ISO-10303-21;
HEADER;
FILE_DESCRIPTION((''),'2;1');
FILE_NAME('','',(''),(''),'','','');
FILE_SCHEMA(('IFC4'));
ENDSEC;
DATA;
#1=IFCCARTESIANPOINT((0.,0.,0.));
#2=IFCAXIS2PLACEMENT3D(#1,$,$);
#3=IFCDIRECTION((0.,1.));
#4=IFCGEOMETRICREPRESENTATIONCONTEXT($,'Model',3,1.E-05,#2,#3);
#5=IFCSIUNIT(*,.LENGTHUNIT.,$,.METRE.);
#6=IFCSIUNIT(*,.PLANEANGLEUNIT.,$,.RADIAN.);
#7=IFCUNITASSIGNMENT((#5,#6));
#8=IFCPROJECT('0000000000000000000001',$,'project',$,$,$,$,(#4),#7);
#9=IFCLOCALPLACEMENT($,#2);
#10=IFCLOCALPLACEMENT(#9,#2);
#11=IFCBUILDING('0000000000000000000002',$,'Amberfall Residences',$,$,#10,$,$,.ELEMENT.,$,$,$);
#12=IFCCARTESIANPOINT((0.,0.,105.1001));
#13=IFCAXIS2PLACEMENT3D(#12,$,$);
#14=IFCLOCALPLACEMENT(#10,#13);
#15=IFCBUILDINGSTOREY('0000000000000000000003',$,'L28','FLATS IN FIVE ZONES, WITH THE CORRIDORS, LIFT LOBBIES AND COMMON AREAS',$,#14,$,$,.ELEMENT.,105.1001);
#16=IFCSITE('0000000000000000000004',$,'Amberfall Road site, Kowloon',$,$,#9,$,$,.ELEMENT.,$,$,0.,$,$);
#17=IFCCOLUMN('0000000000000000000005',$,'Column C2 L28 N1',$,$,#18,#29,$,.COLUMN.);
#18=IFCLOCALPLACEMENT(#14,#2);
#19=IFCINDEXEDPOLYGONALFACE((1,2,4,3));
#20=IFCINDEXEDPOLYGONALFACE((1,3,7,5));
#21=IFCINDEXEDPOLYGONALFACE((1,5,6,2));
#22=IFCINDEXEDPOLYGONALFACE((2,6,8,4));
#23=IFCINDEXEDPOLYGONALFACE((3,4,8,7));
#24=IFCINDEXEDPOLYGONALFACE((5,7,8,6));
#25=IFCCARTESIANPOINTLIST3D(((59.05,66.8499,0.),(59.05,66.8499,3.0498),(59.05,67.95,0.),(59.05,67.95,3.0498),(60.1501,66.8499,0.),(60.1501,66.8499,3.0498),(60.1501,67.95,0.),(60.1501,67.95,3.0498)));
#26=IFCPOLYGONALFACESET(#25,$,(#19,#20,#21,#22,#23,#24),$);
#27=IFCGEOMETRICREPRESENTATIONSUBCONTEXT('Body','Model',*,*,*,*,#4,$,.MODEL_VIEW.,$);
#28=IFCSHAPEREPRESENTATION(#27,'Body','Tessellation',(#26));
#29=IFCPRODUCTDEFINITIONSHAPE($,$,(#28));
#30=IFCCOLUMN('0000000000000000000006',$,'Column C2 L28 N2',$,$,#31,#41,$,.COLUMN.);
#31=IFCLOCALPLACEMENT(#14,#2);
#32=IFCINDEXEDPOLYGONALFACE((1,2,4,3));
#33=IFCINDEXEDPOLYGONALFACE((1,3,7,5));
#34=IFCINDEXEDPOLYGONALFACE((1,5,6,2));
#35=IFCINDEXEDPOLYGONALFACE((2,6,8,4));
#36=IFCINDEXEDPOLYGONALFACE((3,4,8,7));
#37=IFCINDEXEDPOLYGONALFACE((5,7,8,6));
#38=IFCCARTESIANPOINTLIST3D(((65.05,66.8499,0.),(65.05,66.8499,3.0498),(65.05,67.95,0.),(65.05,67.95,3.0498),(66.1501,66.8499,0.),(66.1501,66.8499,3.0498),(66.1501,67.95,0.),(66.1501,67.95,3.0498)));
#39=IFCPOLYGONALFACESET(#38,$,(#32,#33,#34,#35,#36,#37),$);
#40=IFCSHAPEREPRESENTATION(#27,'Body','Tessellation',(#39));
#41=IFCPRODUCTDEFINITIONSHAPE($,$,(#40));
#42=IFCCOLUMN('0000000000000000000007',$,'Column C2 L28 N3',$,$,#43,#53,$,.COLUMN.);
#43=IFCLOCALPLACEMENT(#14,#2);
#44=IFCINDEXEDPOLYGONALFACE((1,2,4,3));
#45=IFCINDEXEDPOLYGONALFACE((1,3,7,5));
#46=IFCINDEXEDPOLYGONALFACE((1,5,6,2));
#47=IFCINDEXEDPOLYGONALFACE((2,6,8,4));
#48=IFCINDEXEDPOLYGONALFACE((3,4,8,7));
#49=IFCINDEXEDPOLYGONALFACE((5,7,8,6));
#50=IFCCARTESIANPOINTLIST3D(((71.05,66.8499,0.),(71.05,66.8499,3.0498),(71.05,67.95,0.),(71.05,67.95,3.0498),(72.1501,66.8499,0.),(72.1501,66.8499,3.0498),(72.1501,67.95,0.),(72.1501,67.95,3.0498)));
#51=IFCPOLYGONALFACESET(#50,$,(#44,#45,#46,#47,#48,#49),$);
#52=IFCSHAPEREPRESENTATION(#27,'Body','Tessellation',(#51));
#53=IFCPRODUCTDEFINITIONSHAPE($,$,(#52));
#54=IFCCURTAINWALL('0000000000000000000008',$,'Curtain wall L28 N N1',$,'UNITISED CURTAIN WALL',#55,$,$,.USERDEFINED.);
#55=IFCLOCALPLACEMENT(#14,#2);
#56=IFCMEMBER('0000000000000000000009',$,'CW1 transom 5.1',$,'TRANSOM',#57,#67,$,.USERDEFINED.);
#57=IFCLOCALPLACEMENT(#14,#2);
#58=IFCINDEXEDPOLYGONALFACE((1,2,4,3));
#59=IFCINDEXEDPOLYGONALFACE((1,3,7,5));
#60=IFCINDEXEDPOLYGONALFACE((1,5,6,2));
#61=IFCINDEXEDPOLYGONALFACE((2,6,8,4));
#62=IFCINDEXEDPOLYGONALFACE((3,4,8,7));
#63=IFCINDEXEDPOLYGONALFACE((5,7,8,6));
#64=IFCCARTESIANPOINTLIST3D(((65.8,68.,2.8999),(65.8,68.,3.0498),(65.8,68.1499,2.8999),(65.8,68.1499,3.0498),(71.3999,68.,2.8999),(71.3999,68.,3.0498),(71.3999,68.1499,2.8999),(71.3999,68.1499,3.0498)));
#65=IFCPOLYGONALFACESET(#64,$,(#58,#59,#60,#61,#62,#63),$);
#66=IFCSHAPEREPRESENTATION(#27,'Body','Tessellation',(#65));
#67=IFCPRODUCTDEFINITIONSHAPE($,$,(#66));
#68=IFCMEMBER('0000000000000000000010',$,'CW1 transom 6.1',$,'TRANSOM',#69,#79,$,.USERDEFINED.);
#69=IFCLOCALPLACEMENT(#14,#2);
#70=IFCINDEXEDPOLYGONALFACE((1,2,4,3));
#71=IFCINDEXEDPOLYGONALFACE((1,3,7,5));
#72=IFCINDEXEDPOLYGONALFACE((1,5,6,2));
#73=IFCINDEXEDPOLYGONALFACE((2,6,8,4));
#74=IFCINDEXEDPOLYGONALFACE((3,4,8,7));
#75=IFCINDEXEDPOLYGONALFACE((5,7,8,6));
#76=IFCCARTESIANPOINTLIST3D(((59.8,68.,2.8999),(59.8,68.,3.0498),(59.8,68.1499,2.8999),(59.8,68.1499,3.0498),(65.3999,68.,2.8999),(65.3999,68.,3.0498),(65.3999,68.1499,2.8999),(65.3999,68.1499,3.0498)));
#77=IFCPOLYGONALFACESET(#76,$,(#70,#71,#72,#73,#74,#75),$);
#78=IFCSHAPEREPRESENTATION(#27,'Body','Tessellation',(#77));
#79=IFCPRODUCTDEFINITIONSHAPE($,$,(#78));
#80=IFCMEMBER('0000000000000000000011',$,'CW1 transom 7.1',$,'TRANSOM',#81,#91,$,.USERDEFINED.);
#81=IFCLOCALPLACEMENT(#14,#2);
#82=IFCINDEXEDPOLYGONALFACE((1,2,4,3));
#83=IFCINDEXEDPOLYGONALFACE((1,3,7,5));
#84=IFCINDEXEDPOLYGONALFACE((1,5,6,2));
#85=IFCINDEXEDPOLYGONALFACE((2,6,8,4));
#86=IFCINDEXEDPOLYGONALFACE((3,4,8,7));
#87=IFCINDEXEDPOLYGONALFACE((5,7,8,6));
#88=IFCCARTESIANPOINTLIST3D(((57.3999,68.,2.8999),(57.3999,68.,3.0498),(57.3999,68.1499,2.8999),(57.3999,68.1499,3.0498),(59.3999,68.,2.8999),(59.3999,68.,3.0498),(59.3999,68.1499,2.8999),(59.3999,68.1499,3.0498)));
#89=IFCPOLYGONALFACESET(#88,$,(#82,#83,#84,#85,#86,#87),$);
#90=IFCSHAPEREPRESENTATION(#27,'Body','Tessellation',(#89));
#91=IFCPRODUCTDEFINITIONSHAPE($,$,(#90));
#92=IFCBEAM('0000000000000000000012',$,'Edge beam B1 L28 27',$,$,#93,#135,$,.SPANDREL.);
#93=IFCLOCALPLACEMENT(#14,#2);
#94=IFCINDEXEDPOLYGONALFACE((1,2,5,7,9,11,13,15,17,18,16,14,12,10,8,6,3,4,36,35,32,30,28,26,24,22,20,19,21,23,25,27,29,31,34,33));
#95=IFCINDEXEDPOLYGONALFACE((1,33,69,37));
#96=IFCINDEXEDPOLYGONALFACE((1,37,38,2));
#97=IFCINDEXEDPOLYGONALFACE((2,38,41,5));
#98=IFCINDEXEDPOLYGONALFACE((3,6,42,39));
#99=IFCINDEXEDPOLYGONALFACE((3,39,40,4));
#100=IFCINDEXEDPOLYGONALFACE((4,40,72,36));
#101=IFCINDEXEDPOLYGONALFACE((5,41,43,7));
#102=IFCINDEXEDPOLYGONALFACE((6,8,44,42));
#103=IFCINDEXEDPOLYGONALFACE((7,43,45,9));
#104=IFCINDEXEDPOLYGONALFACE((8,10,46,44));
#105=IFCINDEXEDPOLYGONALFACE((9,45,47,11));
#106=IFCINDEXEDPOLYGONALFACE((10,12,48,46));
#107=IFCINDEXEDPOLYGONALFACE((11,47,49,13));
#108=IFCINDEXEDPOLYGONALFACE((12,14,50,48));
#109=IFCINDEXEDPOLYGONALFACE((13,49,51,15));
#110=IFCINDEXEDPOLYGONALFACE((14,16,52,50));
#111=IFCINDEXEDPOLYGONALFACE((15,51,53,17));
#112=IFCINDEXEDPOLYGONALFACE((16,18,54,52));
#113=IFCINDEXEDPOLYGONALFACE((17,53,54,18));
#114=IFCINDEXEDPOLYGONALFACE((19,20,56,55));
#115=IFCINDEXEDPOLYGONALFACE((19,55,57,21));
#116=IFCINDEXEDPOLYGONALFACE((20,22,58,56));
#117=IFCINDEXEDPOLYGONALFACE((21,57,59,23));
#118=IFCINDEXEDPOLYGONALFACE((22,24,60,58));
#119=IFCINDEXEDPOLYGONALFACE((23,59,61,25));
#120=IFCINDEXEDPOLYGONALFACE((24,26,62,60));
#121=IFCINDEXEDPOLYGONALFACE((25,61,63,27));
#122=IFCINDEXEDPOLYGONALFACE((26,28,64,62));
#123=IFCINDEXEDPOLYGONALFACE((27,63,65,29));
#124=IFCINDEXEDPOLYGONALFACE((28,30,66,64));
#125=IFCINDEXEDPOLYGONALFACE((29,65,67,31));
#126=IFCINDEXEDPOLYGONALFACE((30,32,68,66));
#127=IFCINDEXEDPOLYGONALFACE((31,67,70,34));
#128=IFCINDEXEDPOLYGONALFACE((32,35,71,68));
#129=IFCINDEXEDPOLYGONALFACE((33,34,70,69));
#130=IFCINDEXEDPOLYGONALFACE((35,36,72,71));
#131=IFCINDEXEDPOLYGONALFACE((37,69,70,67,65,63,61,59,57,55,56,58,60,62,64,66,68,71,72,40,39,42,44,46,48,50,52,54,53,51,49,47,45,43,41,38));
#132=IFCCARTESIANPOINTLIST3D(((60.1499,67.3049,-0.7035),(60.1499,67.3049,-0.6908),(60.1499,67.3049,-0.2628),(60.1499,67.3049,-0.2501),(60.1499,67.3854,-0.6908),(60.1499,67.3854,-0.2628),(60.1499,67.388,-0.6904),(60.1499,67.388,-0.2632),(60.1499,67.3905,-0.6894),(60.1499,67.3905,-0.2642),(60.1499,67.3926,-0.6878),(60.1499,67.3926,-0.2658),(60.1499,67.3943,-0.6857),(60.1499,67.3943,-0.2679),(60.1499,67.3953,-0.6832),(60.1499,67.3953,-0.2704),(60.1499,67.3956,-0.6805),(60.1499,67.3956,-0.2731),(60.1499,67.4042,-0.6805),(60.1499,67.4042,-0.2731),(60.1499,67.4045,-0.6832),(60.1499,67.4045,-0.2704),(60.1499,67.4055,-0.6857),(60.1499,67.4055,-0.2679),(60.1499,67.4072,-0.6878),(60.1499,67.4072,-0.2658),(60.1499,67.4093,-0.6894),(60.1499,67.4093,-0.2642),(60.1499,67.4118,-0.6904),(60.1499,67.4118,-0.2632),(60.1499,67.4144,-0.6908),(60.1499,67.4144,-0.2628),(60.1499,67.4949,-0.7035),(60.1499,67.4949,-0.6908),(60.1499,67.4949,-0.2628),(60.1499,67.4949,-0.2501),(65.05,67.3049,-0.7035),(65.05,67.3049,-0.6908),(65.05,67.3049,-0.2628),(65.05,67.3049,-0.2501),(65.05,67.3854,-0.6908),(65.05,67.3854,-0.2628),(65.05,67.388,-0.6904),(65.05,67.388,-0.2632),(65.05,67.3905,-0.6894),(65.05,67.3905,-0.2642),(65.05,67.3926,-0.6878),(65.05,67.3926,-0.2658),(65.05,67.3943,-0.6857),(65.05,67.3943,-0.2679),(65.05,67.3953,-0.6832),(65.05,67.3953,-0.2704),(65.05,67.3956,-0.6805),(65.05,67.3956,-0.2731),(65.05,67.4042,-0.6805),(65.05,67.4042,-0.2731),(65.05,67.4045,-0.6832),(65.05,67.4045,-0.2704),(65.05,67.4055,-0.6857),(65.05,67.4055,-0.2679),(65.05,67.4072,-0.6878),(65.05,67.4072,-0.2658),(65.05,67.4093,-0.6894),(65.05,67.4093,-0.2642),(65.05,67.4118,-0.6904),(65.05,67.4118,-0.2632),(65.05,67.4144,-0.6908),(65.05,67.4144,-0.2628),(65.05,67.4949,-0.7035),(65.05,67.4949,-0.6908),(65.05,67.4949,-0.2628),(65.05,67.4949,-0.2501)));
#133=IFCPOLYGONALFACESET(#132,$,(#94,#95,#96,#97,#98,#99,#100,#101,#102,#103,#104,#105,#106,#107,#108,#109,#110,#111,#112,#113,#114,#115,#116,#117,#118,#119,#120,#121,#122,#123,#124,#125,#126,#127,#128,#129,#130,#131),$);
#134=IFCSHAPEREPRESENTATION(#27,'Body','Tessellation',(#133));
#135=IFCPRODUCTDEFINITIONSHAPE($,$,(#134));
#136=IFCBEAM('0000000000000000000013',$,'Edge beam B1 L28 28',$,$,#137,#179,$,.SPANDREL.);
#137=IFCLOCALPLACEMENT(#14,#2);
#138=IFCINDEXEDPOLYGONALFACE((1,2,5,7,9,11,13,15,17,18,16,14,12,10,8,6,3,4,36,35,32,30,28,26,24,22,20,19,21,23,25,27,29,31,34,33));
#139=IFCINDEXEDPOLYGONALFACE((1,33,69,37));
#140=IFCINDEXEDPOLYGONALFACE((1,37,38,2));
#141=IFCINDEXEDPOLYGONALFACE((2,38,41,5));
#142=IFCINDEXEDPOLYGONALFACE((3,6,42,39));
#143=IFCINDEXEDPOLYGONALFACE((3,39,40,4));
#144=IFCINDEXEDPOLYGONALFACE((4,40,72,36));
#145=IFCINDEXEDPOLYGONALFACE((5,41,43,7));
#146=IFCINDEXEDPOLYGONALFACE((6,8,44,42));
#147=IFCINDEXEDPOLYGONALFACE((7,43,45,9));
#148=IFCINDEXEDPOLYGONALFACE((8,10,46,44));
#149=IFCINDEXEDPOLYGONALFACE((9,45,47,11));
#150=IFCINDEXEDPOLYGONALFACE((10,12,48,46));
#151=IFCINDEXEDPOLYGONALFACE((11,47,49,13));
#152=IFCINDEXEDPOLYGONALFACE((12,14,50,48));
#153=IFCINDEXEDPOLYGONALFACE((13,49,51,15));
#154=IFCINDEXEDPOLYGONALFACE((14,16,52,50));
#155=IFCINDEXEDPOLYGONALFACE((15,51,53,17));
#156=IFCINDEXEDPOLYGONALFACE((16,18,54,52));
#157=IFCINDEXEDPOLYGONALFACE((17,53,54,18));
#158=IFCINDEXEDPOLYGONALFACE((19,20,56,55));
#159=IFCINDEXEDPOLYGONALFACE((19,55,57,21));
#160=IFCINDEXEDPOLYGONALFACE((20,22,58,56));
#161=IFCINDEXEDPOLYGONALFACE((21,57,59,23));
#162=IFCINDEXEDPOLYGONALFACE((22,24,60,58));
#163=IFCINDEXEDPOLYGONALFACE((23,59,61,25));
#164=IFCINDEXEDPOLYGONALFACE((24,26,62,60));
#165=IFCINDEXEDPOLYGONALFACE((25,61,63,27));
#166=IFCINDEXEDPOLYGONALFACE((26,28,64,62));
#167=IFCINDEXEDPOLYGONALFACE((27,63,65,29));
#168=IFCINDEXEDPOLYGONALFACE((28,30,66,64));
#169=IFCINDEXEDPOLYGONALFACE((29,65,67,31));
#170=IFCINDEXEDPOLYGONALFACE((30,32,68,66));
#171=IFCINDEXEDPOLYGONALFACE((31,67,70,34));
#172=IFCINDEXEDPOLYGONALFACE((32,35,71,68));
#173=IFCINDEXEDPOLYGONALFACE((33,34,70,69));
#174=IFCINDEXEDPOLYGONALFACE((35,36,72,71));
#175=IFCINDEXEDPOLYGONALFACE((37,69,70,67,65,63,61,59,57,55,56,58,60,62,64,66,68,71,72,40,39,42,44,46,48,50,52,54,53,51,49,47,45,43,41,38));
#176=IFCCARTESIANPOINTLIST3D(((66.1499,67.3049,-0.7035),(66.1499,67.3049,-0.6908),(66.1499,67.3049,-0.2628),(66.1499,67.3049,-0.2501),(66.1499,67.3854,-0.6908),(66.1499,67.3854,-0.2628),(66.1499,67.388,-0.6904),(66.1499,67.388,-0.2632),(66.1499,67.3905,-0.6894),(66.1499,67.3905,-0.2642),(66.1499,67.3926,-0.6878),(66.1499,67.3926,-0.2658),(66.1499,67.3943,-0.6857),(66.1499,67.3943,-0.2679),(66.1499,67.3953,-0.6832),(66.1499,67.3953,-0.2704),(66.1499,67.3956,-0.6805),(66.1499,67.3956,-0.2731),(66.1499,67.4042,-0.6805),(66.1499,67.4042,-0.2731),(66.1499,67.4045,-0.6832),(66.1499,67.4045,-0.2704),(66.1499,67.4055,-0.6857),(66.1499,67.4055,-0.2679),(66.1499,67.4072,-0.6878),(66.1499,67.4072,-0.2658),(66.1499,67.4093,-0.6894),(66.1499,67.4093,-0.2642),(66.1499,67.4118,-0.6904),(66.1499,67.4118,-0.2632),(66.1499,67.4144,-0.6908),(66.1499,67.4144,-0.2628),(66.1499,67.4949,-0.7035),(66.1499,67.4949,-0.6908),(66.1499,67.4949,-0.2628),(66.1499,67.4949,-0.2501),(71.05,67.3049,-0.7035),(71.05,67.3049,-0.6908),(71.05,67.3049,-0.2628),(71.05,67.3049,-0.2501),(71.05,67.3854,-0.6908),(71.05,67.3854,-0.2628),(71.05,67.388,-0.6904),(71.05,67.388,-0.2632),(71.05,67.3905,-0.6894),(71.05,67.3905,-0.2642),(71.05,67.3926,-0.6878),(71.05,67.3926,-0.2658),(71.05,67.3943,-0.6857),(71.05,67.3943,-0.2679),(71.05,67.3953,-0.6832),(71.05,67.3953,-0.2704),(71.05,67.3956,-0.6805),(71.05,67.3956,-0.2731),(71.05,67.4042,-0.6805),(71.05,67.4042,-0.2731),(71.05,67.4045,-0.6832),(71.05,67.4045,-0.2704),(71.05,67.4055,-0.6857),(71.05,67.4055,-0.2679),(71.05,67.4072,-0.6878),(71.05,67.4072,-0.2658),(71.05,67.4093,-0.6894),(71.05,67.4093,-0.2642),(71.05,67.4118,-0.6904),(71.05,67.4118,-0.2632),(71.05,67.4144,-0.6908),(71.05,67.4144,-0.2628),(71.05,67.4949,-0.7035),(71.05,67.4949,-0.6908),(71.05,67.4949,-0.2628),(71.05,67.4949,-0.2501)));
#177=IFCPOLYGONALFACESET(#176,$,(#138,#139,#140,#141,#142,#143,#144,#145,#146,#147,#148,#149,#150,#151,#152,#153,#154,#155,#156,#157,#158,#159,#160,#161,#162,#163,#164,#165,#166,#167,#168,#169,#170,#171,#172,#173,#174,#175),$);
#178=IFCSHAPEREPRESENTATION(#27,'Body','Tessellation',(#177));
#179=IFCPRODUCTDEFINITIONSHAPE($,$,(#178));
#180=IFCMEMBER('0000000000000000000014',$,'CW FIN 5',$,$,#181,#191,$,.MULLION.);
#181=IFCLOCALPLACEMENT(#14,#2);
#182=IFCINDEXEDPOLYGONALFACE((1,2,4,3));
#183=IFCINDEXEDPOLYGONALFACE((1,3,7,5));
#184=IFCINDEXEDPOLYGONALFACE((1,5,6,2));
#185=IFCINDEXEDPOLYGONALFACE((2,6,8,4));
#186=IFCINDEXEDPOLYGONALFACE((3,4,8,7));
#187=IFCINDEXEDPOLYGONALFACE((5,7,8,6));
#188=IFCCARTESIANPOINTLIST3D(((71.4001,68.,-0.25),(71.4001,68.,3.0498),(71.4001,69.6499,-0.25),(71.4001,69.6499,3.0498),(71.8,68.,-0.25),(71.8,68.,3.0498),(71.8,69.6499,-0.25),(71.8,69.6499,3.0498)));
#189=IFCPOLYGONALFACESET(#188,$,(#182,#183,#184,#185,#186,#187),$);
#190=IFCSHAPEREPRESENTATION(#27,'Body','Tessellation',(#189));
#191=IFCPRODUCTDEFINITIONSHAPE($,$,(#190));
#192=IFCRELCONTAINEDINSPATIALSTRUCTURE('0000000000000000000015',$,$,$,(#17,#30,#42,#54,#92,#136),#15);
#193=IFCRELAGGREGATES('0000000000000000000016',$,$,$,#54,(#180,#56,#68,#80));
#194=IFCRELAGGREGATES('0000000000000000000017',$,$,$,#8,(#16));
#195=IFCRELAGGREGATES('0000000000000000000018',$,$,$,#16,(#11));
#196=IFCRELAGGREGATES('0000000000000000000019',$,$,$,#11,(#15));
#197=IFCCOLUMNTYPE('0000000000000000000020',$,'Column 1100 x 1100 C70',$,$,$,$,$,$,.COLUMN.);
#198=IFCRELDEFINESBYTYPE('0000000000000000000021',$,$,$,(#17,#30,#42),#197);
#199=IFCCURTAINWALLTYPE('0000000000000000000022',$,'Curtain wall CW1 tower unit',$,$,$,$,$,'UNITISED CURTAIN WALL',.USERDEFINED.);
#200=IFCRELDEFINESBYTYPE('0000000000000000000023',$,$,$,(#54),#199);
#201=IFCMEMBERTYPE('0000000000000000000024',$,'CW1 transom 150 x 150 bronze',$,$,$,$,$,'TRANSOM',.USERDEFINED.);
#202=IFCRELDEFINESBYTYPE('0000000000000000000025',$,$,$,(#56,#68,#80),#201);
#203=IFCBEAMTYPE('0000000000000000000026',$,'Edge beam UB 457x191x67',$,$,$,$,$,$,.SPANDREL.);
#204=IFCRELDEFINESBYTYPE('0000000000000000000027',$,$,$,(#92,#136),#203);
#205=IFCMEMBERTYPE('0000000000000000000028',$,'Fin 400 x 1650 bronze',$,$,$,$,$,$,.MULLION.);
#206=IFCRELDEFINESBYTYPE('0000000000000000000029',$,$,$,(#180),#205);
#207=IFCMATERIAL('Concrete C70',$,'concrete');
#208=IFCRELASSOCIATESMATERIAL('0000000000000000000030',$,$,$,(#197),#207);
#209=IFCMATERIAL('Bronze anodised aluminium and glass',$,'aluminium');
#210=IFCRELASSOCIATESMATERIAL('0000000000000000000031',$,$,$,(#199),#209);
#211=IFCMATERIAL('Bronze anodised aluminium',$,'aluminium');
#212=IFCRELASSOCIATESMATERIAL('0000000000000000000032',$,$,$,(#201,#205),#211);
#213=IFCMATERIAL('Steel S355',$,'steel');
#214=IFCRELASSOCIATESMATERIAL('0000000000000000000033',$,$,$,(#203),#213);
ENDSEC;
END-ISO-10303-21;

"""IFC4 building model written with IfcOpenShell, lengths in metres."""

from ifc_helpers import new_model, si_unit, direction, frame, origin, origin_2d, place, context, subcontext, project, spatial, rectangle, i_section, extrude, material, material_profile, profile_set, type_object, element, aggregate, save


model = new_model("IFC4")

# Units and contexts
model_context = context("Model", 3, precision=1e-05, world=origin(), true_north=direction((0.0, 1.0)))
body_context = subcontext(model_context, "Body", "Model", "MODEL_VIEW")
ifc_project = project(units=[si_unit("LENGTHUNIT", "METRE"), si_unit("PLANEANGLEUNIT", "RADIAN")], contexts=[model_context])

# Site, building, storey
site_placement = place(None, origin())
site = spatial("IfcSite", under=ifc_project, at=site_placement, Name="Amberfall Road site, Kowloon", CompositionType="ELEMENT", RefElevation=0.0)
building_placement = place(site_placement, origin())
building = spatial("IfcBuilding", under=site, at=building_placement, Name="Amberfall Residences", CompositionType="ELEMENT")
storey_placement = place(building_placement, frame((0.0, 0.0, 105.1001)))
storey = spatial("IfcBuildingStorey", under=building, at=storey_placement, Name="L28", Description="FLATS IN FIVE ZONES, WITH THE CORRIDORS, LIFT LOBBIES AND COMMON AREAS", CompositionType="ELEMENT", Elevation=105.1001)

# Columns
ifc_material_1 = material(Name="Concrete C70", Category="concrete")
ifc_material_profile_1 = material_profile(ifc_material_1, rectangle(XDim=1.1001, YDim=1.1001, at=origin_2d()), Name="Column 1100 x 1100 C70")
ifc_profile_set_1 = profile_set([ifc_material_profile_1], Name="Concrete C70")
column_type = type_object("IfcColumnType", Name="Column 1100 x 1100 C70", PredefinedType="COLUMN", material=ifc_profile_set_1)
for number, where, z_axis, x_axis, name in (
    (1, (59.6001, 67.3999, 0.0), (0.0, 0.0, 1.0), (1.0, 0.0, 0.0), "Column C2 L28 N1"),
    (2, (65.6001, 67.3999, 0.0), (0.0, 0.0, 1.0), (1.0, 0.0, 0.0), "Column C2 L28 N2"),
    (3, (71.6001, 67.3999, 0.0), (0.0, 0.0, 1.0), (1.0, 0.0, 0.0), "Column C2 L28 N3"),
):
    element("IfcColumn", number, at=place(storey_placement, frame(where, z_axis=z_axis, x_axis=x_axis)), inside=storey, type_object=column_type, Name=name, PredefinedType="COLUMN", context=body_context, shape_type="SweptSolid", body=[
        extrude(rectangle(XDim=1.1001, YDim=1.1001, at=origin_2d()), origin(), (0.0, 0.0, 1.0), 3.0498),
    ])

# Curtain wall, members
ifc_material_2 = material(Name="Bronze anodised aluminium and glass", Category="aluminium")
curtain_wall_type = type_object("IfcCurtainWallType", Name="Curtain wall CW1 tower unit", ElementType="UNITISED CURTAIN WALL", PredefinedType="USERDEFINED", material=ifc_material_2)
curtain_wall_placement = place(storey_placement, origin())
curtain_wall = element("IfcCurtainWall", 4, at=curtain_wall_placement, inside=storey, type_object=curtain_wall_type, Name="Curtain wall L28 N N1", ObjectType="UNITISED CURTAIN WALL", PredefinedType="USERDEFINED")
ifc_material_3 = material(Name="Bronze anodised aluminium", Category="aluminium")
ifc_material_profile_2 = material_profile(ifc_material_3, rectangle(XDim=0.1499, YDim=0.1499, at=origin_2d()), Name="CW1 transom 150 x 150 bronze")
ifc_profile_set_2 = profile_set([ifc_material_profile_2], Name="Bronze anodised aluminium")
member_type_1 = type_object("IfcMemberType", Name="CW1 transom 150 x 150 bronze", ElementType="TRANSOM", PredefinedType="USERDEFINED", material=ifc_profile_set_2)
member_1_placement = place(storey_placement, frame((71.3999, 68.075, 2.9749), z_axis=(-1.0, 0.0, 0.0), x_axis=(0.0, -1.0, 0.0)))
member_1 = element("IfcMember", 5, at=member_1_placement, type_object=member_type_1, Name="CW1 transom 5.1", ObjectType="TRANSOM", PredefinedType="USERDEFINED", context=body_context, shape_type="SweptSolid", body=[
    extrude(rectangle(XDim=0.1499, YDim=0.1499, at=origin_2d()), origin(), (0.0, 0.0, 1.0), 5.5999),
])
member_2_placement = place(storey_placement, frame((65.3999, 68.075, 2.9749), z_axis=(-1.0, 0.0, 0.0), x_axis=(0.0, -1.0, 0.0)))
member_2 = element("IfcMember", 6, at=member_2_placement, type_object=member_type_1, Name="CW1 transom 6.1", ObjectType="TRANSOM", PredefinedType="USERDEFINED", context=body_context, shape_type="SweptSolid", body=[
    extrude(rectangle(XDim=0.1499, YDim=0.1499, at=origin_2d()), origin(), (0.0, 0.0, 1.0), 5.5999),
])
member_3_placement = place(storey_placement, frame((59.3999, 68.075, 2.9749), z_axis=(-1.0, 0.0, 0.0), x_axis=(0.0, -1.0, 0.0)))
member_3 = element("IfcMember", 7, at=member_3_placement, type_object=member_type_1, Name="CW1 transom 7.1", ObjectType="TRANSOM", PredefinedType="USERDEFINED", context=body_context, shape_type="SweptSolid", body=[
    extrude(rectangle(XDim=0.1499, YDim=0.1499, at=origin_2d()), origin(), (0.0, 0.0, 1.0), 2.0),
])

# Beams
ifc_material_4 = material(Name="Steel S355", Category="steel")
ifc_material_profile_3 = material_profile(ifc_material_4, i_section(OverallWidth=0.1899, OverallDepth=0.4534, WebThickness=0.0085, FlangeThickness=0.0127, FilletRadius=0.0103, at=origin_2d()), Name="UB 457x191x67")
ifc_profile_set_3 = profile_set([ifc_material_profile_3], Name="Steel S355")
beam_type_1 = type_object("IfcBeamType", Name="Edge beam UB 457x191x67", PredefinedType="SPANDREL", material=ifc_profile_set_3)
for number, where, z_axis, x_axis, name in (
    (8, (60.1499, 67.3999, -0.4768), (1.0, 0.0, 0.0), (0.0, 1.0, 0.0), "Edge beam B1 L28 27"),
    (9, (66.1499, 67.3999, -0.4768), (1.0, 0.0, 0.0), (0.0, 1.0, 0.0), "Edge beam B1 L28 28"),
):
    element("IfcBeam", number, at=place(storey_placement, frame(where, z_axis=z_axis, x_axis=x_axis)), inside=storey, type_object=beam_type_1, Name=name, PredefinedType="SPANDREL", context=body_context, shape_type="SweptSolid", body=[
        extrude(i_section(OverallWidth=0.1899, OverallDepth=0.4534, WebThickness=0.0085, FlangeThickness=0.0127, FilletRadius=0.0103, at=origin_2d()), origin(), (0.0, 0.0, 1.0), 4.9001),
    ])

# Member
ifc_material_profile_4 = material_profile(ifc_material_3, rectangle(XDim=1.6499, YDim=0.3999, at=origin_2d()), Name="Fin 400 x 1650 bronze")
ifc_profile_set_4 = profile_set([ifc_material_profile_4], Name="Bronze anodised aluminium")
member_type_2 = type_object("IfcMemberType", Name="Fin 400 x 1650 bronze", PredefinedType="MULLION", material=ifc_profile_set_4)
member_4_placement = place(storey_placement, frame((71.6001, 68.825, -0.25), z_axis=(0.0, 0.0, 1.0), x_axis=(0.0, -1.0, 0.0)))
member_4 = element("IfcMember", 10, at=member_4_placement, type_object=member_type_2, Name="CW FIN 5", PredefinedType="MULLION", context=body_context, shape_type="SweptSolid", body=[
    extrude(rectangle(XDim=1.6499, YDim=0.3999, at=origin_2d()), origin(), (0.0, 0.0, 1.0), 3.2998),
])

aggregate(curtain_wall, [member_4, member_1, member_2, member_3])

save(model, "model.ifc")
